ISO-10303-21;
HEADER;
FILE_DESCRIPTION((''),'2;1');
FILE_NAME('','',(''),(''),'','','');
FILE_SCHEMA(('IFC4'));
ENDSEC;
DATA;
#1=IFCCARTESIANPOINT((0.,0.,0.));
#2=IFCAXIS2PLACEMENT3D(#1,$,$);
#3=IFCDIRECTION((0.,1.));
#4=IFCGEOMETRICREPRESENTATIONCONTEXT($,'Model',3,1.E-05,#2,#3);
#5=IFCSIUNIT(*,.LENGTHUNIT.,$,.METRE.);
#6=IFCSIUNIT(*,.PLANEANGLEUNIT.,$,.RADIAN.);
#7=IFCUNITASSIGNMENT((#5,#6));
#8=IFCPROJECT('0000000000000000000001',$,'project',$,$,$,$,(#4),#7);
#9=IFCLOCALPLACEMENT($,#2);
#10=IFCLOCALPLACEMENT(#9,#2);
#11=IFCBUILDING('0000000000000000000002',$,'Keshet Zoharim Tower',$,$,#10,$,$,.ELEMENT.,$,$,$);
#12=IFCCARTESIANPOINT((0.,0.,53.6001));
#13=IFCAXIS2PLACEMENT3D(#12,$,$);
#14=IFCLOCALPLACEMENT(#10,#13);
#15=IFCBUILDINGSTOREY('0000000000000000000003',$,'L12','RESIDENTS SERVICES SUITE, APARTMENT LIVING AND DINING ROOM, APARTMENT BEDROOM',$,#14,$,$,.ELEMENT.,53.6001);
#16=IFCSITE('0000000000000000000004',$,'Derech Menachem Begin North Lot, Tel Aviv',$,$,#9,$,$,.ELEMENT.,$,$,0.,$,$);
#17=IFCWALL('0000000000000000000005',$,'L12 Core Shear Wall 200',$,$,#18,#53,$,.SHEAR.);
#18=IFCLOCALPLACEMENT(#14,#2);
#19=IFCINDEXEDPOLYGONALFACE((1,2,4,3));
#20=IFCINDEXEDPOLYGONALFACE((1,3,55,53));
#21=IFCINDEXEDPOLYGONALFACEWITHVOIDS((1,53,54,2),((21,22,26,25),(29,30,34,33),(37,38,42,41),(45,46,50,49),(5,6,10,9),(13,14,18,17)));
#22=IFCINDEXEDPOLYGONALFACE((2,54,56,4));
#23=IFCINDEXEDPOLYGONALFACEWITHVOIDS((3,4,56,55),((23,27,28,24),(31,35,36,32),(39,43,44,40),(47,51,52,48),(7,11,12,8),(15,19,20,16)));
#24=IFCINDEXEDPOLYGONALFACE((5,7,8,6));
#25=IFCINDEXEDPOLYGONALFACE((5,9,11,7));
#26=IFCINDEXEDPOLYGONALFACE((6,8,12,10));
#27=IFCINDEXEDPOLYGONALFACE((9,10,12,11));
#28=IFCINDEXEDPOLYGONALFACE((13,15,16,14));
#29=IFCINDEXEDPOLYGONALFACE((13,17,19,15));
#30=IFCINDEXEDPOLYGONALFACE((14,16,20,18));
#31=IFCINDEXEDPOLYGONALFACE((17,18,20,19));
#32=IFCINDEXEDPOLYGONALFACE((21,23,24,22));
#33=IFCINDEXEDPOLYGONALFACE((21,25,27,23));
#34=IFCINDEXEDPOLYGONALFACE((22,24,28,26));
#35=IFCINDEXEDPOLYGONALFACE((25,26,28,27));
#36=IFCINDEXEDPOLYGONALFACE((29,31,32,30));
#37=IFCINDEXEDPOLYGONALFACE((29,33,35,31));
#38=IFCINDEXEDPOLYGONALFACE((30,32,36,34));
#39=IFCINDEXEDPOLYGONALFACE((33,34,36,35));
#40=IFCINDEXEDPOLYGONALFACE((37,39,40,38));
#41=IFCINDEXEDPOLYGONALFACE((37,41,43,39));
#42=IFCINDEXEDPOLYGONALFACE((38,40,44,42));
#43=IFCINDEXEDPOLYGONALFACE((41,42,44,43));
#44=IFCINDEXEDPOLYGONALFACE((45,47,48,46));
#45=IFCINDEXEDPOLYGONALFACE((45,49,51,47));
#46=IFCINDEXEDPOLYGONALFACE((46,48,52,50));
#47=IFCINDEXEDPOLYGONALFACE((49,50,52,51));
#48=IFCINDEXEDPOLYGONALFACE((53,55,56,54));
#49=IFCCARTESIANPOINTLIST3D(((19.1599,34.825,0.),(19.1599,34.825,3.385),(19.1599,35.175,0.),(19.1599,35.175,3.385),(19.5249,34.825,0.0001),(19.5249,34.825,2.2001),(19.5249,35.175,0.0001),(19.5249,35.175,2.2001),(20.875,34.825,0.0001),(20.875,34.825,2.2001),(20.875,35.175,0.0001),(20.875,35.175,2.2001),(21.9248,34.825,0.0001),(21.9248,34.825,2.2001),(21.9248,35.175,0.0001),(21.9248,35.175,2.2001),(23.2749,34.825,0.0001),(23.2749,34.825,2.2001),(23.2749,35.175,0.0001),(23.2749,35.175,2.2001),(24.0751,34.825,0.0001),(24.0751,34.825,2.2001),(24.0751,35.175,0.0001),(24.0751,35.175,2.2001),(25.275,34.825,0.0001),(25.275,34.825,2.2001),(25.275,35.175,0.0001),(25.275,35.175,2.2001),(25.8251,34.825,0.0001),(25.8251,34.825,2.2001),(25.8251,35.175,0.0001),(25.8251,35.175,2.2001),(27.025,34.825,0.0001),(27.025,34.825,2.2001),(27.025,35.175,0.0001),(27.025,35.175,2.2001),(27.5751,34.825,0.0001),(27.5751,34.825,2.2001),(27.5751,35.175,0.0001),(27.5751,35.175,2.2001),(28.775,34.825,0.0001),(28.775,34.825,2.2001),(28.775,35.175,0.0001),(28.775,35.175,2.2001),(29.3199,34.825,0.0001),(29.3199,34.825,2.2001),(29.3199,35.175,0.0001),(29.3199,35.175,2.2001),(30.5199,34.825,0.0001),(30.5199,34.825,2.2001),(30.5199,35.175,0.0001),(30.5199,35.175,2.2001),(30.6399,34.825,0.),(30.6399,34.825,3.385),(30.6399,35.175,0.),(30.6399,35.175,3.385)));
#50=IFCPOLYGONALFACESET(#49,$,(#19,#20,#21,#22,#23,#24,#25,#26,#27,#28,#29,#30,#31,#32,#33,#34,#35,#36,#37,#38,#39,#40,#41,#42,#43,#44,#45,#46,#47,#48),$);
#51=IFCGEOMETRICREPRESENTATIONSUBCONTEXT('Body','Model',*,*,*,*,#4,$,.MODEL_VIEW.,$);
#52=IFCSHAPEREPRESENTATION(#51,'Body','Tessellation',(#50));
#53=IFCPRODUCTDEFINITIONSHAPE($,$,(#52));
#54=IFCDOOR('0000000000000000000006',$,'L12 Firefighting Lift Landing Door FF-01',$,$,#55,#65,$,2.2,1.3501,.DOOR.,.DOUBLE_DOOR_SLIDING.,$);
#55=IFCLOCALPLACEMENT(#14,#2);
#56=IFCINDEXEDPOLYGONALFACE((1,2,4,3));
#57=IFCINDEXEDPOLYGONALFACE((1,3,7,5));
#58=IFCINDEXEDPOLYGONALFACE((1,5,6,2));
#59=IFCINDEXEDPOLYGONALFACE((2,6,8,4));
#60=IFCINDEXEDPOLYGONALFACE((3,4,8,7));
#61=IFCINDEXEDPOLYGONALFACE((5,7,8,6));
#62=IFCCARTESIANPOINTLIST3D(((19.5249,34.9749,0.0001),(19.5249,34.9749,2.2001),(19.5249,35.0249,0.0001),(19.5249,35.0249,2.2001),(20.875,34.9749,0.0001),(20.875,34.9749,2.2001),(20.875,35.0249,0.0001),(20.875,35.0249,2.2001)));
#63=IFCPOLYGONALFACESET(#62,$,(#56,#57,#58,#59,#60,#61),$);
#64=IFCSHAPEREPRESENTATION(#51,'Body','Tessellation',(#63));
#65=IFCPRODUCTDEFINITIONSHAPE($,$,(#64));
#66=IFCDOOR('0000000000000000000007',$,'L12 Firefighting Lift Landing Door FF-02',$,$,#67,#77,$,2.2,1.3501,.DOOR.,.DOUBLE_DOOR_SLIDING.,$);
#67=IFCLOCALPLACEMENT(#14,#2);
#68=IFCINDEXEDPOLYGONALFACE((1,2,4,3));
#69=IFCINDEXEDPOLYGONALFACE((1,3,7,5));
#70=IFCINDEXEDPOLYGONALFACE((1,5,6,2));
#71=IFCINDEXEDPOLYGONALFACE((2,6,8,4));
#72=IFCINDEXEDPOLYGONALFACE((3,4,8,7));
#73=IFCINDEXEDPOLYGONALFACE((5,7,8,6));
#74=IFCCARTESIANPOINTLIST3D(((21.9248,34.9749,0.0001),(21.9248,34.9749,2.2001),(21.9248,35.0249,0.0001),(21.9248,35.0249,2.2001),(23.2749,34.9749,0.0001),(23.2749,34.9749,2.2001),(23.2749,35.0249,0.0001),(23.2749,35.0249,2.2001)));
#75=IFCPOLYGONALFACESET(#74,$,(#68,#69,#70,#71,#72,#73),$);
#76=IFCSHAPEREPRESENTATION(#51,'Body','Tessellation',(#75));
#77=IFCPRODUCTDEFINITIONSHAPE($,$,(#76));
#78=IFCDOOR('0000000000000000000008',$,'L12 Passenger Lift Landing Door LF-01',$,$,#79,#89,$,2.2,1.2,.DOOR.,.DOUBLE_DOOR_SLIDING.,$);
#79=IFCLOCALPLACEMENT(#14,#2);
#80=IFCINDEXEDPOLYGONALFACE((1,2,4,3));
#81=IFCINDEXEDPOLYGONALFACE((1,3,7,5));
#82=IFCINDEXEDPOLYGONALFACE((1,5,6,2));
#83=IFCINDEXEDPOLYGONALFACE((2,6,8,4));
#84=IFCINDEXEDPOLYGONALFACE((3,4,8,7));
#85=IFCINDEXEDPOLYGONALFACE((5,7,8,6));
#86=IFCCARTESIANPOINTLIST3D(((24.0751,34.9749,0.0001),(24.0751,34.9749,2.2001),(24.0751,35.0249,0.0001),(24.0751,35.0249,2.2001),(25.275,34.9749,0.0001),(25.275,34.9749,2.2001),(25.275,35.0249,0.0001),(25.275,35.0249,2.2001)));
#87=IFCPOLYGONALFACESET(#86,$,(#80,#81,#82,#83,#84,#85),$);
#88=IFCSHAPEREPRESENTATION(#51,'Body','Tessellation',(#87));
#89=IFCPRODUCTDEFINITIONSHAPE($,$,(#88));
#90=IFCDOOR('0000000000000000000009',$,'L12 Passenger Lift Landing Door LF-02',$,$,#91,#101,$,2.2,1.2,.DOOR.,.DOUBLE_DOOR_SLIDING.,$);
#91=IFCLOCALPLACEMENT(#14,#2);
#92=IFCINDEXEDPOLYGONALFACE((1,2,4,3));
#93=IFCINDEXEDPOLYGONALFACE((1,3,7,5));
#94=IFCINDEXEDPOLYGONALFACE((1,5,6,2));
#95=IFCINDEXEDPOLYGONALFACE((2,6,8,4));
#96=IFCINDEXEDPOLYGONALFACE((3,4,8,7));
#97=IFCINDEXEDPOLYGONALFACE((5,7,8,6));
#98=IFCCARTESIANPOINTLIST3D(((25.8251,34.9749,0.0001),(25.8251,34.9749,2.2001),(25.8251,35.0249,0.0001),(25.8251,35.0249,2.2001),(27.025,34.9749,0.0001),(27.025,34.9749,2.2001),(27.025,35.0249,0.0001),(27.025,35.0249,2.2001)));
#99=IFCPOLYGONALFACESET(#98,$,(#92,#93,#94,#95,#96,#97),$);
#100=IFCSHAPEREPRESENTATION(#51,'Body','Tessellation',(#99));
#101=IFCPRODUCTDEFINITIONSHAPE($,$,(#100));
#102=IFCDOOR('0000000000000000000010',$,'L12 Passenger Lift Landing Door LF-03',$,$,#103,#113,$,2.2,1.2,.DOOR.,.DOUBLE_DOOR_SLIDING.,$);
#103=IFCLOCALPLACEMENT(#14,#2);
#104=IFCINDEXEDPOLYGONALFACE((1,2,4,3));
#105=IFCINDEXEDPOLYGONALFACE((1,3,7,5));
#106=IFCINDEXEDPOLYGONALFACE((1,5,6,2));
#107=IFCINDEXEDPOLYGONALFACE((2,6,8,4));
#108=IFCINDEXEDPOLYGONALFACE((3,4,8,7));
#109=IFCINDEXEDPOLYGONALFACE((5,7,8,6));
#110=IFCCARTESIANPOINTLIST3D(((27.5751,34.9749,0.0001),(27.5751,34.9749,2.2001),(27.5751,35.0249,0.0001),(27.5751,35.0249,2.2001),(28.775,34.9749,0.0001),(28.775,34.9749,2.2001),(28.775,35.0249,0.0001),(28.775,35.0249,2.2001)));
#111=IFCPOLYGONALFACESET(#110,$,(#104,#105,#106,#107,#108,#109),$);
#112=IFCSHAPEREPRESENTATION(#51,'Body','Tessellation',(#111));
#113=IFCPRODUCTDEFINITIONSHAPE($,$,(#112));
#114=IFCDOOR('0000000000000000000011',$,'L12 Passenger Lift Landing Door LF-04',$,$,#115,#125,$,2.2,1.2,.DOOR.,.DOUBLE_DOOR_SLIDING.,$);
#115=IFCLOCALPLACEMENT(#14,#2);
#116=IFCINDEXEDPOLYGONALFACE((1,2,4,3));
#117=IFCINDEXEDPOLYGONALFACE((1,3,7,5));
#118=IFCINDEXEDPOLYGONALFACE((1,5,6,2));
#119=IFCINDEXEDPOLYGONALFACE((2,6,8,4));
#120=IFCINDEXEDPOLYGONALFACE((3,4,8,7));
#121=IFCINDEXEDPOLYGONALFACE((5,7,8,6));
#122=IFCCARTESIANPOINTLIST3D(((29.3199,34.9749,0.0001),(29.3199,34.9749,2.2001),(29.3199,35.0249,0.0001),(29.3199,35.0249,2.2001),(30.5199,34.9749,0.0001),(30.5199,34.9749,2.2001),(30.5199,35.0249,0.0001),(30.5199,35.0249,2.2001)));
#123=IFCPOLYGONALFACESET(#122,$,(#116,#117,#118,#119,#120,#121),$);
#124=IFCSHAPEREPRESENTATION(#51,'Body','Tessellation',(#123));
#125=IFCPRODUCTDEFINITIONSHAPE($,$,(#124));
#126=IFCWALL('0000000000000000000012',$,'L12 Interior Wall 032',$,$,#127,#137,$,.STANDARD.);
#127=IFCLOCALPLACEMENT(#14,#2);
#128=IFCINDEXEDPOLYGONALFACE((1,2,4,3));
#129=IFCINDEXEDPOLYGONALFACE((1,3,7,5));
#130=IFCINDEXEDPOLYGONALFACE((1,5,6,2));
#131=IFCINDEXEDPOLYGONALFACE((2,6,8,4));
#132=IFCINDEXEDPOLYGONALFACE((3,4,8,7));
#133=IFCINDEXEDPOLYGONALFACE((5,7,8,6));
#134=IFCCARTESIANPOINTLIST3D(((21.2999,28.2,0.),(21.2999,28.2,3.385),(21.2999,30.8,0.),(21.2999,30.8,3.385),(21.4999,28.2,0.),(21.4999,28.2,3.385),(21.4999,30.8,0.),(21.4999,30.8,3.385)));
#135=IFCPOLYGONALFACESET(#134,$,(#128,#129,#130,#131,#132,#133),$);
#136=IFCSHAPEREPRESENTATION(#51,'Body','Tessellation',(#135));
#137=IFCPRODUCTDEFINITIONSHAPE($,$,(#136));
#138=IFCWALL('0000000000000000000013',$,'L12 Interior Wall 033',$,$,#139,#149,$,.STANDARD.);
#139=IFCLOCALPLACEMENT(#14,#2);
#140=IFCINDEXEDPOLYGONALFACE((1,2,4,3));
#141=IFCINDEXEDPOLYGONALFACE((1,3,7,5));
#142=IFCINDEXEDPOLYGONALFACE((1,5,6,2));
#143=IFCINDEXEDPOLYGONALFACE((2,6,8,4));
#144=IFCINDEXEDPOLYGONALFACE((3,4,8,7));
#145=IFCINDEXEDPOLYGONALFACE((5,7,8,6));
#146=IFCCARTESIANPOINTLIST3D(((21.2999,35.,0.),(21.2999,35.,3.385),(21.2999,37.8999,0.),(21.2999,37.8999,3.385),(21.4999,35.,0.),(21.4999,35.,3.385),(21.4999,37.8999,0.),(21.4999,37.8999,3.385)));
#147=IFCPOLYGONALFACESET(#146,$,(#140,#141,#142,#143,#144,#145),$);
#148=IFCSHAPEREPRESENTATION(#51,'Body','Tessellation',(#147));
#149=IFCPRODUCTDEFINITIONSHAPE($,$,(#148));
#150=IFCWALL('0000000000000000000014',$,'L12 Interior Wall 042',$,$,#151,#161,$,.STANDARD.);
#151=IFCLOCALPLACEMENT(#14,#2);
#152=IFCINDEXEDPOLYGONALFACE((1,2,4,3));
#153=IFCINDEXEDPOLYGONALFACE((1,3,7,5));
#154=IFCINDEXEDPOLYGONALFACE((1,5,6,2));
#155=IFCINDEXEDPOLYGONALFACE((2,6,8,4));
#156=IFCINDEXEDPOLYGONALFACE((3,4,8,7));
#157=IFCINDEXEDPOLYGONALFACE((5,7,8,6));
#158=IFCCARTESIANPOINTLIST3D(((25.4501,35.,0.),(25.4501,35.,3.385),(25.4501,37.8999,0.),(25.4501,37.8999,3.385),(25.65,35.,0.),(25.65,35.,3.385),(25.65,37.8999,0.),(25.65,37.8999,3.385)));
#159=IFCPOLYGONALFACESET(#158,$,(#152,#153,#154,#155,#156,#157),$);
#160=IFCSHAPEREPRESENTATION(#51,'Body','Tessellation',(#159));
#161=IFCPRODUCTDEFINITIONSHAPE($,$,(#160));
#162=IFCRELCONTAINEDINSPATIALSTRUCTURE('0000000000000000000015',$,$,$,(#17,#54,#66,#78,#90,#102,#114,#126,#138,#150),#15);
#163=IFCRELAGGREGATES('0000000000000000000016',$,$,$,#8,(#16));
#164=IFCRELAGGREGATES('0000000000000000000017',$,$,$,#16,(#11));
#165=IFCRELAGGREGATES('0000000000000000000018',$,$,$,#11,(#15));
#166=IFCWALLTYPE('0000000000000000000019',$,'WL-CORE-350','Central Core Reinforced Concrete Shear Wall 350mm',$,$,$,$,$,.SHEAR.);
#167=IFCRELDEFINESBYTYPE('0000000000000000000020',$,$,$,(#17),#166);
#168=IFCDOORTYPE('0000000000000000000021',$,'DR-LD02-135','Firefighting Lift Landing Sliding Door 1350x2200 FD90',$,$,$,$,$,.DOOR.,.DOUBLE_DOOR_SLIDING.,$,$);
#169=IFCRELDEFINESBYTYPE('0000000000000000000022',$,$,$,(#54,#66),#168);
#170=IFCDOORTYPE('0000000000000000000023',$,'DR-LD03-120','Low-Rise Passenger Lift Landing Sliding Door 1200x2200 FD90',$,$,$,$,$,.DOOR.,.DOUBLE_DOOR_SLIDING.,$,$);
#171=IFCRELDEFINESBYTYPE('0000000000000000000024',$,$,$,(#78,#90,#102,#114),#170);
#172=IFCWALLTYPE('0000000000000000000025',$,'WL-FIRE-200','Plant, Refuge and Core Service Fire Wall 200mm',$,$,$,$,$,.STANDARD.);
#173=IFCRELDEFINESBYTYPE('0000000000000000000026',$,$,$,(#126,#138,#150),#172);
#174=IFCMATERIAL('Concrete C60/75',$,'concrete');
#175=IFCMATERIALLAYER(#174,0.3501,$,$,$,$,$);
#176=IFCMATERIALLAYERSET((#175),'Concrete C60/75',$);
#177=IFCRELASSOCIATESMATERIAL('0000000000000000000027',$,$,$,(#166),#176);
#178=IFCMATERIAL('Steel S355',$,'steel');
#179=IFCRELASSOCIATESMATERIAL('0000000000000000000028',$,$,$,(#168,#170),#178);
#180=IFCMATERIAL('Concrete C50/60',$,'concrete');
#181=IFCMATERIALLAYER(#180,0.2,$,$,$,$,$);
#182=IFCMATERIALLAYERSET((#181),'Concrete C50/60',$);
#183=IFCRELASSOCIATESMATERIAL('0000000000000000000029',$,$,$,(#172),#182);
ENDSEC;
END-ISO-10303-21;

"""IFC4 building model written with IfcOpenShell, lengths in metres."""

from ifc_helpers import new_model, si_unit, direction, frame, frame_2d, origin, place, context, subcontext, project, spatial, rectangle, extrude, material, layer, layer_set, type_object, element, fill, save


model = new_model("IFC4")

# Units and contexts
model_context = context("Model", 3, precision=1e-05, world=origin(), true_north=direction((0.0, 1.0)))
body_context = subcontext(model_context, "Body", "Model", "MODEL_VIEW")
ifc_project = project(units=[si_unit("LENGTHUNIT", "METRE"), si_unit("PLANEANGLEUNIT", "RADIAN")], contexts=[model_context])

# Site, building, storey
site_placement = place(None, origin())
site = spatial("IfcSite", under=ifc_project, at=site_placement, Name="Derech Menachem Begin North Lot, Tel Aviv", CompositionType="ELEMENT", RefElevation=0.0)
building_placement = place(site_placement, origin())
building = spatial("IfcBuilding", under=site, at=building_placement, Name="Keshet Zoharim Tower", CompositionType="ELEMENT")
storey_placement = place(building_placement, frame((0.0, 0.0, 53.6001)))
storey = spatial("IfcBuildingStorey", under=building, at=storey_placement, Name="L12", Description="RESIDENTS SERVICES SUITE, APARTMENT LIVING AND DINING ROOM, APARTMENT BEDROOM", CompositionType="ELEMENT", Elevation=53.6001)

# Shared definitions
ifc_material_1 = material(Name="Concrete C60/75", Category="concrete")
ifc_layer_1 = layer(ifc_material_1, 0.3501)
ifc_layer_set_1 = layer_set([ifc_layer_1], Name="Concrete C60/75")
wall_type_1 = type_object("IfcWallType", Name="WL-CORE-350", Description="Central Core Reinforced Concrete Shear Wall 350mm", PredefinedType="SHEAR", material=ifc_layer_set_1)

# Shared definitions
ifc_material_2 = material(Name="Steel S355", Category="steel")

# Wall, openings, doors
wall_1_placement = place(storey_placement, frame((19.1599, 35.0, 0.0), z_axis=(0.0, 0.0, 1.0), x_axis=(1.0, 0.0, 0.0)))
wall_1 = element("IfcWall", 1, at=wall_1_placement, inside=storey, type_object=wall_type_1, Name="L12 Core Shear Wall 200", PredefinedType="SHEAR", context=body_context, shape_type="SweptSolid", body=[
    extrude(rectangle(XDim=11.48, YDim=0.3501, at=frame_2d((5.74, 0.0))), origin(), (0.0, 0.0, 1.0), 3.385),
])
opening_1_placement = place(wall_1_placement, frame((0.365, 0.0, 0.0)))
opening_1 = element("IfcOpeningElement", 2, at=opening_1_placement, cuts=wall_1, PredefinedType="OPENING", context=body_context, shape_type="SweptSolid", body=[
    extrude(rectangle(XDim=1.3501, YDim=2.2, at=frame_2d((0.675, 1.1001))), frame((0.0, 0.1851, 0.0), z_axis=(0.0, -1.0, 0.0), x_axis=(1.0, 0.0, 0.0)), (0.0, 0.0, 1.0), 0.3701),
])
opening_2_placement = place(wall_1_placement, frame((2.7649, 0.0, 0.0)))
opening_2 = element("IfcOpeningElement", 3, at=opening_2_placement, cuts=wall_1, PredefinedType="OPENING", context=body_context, shape_type="SweptSolid", body=[
    extrude(rectangle(XDim=1.3501, YDim=2.2, at=frame_2d((0.675, 1.1001))), frame((0.0, 0.1851, 0.0), z_axis=(0.0, -1.0, 0.0), x_axis=(1.0, 0.0, 0.0)), (0.0, 0.0, 1.0), 0.3701),
])
opening_3_placement = place(wall_1_placement, frame((4.915, 0.0, 0.0)))
opening_3 = element("IfcOpeningElement", 4, at=opening_3_placement, cuts=wall_1, PredefinedType="OPENING", context=body_context, shape_type="SweptSolid", body=[
    extrude(rectangle(XDim=1.2, YDim=2.2, at=frame_2d((0.6001, 1.1001))), frame((0.0, 0.1851, 0.0), z_axis=(0.0, -1.0, 0.0), x_axis=(1.0, 0.0, 0.0)), (0.0, 0.0, 1.0), 0.3701),
])
opening_4_placement = place(wall_1_placement, frame((6.665, 0.0, 0.0)))
opening_4 = element("IfcOpeningElement", 5, at=opening_4_placement, cuts=wall_1, PredefinedType="OPENING", context=body_context, shape_type="SweptSolid", body=[
    extrude(rectangle(XDim=1.2, YDim=2.2, at=frame_2d((0.6001, 1.1001))), frame((0.0, 0.1851, 0.0), z_axis=(0.0, -1.0, 0.0), x_axis=(1.0, 0.0, 0.0)), (0.0, 0.0, 1.0), 0.3701),
])
opening_5_placement = place(wall_1_placement, frame((8.415, 0.0, 0.0)))
opening_5 = element("IfcOpeningElement", 6, at=opening_5_placement, cuts=wall_1, PredefinedType="OPENING", context=body_context, shape_type="SweptSolid", body=[
    extrude(rectangle(XDim=1.2, YDim=2.2, at=frame_2d((0.6001, 1.1001))), frame((0.0, 0.1851, 0.0), z_axis=(0.0, -1.0, 0.0), x_axis=(1.0, 0.0, 0.0)), (0.0, 0.0, 1.0), 0.3701),
])
opening_6_placement = place(wall_1_placement, frame((10.1599, 0.0, 0.0)))
opening_6 = element("IfcOpeningElement", 7, at=opening_6_placement, cuts=wall_1, PredefinedType="OPENING", context=body_context, shape_type="SweptSolid", body=[
    extrude(rectangle(XDim=1.2, YDim=2.2, at=frame_2d((0.6001, 1.1001))), frame((0.0, 0.1851, 0.0), z_axis=(0.0, -1.0, 0.0), x_axis=(1.0, 0.0, 0.0)), (0.0, 0.0, 1.0), 0.3701),
])
door_type_1 = type_object("IfcDoorType", Name="DR-LD02-135", Description="Firefighting Lift Landing Sliding Door 1350x2200 FD90", OperationType="DOUBLE_DOOR_SLIDING", PredefinedType="DOOR", material=ifc_material_2)
door_1_placement = place(opening_1_placement, origin())
door_1 = element("IfcDoor", 8, at=door_1_placement, inside=storey, type_object=door_type_1, Name="L12 Firefighting Lift Landing Door FF-01", OperationType="DOUBLE_DOOR_SLIDING", OverallHeight=2.2, OverallWidth=1.3501, PredefinedType="DOOR", context=body_context, shape_type="SweptSolid", body=[
    extrude(rectangle(XDim=1.3501, YDim=2.2, at=frame_2d((0.675, 1.1001))), frame((0.0, 0.0249, 0.0), z_axis=(0.0, -1.0, 0.0), x_axis=(1.0, 0.0, 0.0)), (0.0, 0.0, 1.0), 0.05),
])
fill(opening_1, door_1)
door_2_placement = place(opening_2_placement, origin())
door_2 = element("IfcDoor", 9, at=door_2_placement, inside=storey, type_object=door_type_1, Name="L12 Firefighting Lift Landing Door FF-02", OperationType="DOUBLE_DOOR_SLIDING", OverallHeight=2.2, OverallWidth=1.3501, PredefinedType="DOOR", context=body_context, shape_type="SweptSolid", body=[
    extrude(rectangle(XDim=1.3501, YDim=2.2, at=frame_2d((0.675, 1.1001))), frame((0.0, 0.0249, 0.0), z_axis=(0.0, -1.0, 0.0), x_axis=(1.0, 0.0, 0.0)), (0.0, 0.0, 1.0), 0.05),
])
fill(opening_2, door_2)
door_type_2 = type_object("IfcDoorType", Name="DR-LD03-120", Description="Low-Rise Passenger Lift Landing Sliding Door 1200x2200 FD90", OperationType="DOUBLE_DOOR_SLIDING", PredefinedType="DOOR", material=ifc_material_2)
door_3_placement = place(opening_3_placement, origin())
door_3 = element("IfcDoor", 10, at=door_3_placement, inside=storey, type_object=door_type_2, Name="L12 Passenger Lift Landing Door LF-01", OperationType="DOUBLE_DOOR_SLIDING", OverallHeight=2.2, OverallWidth=1.2, PredefinedType="DOOR", context=body_context, shape_type="SweptSolid", body=[
    extrude(rectangle(XDim=1.2, YDim=2.2, at=frame_2d((0.6001, 1.1001))), frame((0.0, 0.0249, 0.0), z_axis=(0.0, -1.0, 0.0), x_axis=(1.0, 0.0, 0.0)), (0.0, 0.0, 1.0), 0.05),
])
fill(opening_3, door_3)
door_4_placement = place(opening_4_placement, origin())
door_4 = element("IfcDoor", 11, at=door_4_placement, inside=storey, type_object=door_type_2, Name="L12 Passenger Lift Landing Door LF-02", OperationType="DOUBLE_DOOR_SLIDING", OverallHeight=2.2, OverallWidth=1.2, PredefinedType="DOOR", context=body_context, shape_type="SweptSolid", body=[
    extrude(rectangle(XDim=1.2, YDim=2.2, at=frame_2d((0.6001, 1.1001))), frame((0.0, 0.0249, 0.0), z_axis=(0.0, -1.0, 0.0), x_axis=(1.0, 0.0, 0.0)), (0.0, 0.0, 1.0), 0.05),
])
fill(opening_4, door_4)
door_5_placement = place(opening_5_placement, origin())
door_5 = element("IfcDoor", 12, at=door_5_placement, inside=storey, type_object=door_type_2, Name="L12 Passenger Lift Landing Door LF-03", OperationType="DOUBLE_DOOR_SLIDING", OverallHeight=2.2, OverallWidth=1.2, PredefinedType="DOOR", context=body_context, shape_type="SweptSolid", body=[
    extrude(rectangle(XDim=1.2, YDim=2.2, at=frame_2d((0.6001, 1.1001))), frame((0.0, 0.0249, 0.0), z_axis=(0.0, -1.0, 0.0), x_axis=(1.0, 0.0, 0.0)), (0.0, 0.0, 1.0), 0.05),
])
fill(opening_5, door_5)
door_6_placement = place(opening_6_placement, origin())
door_6 = element("IfcDoor", 13, at=door_6_placement, inside=storey, type_object=door_type_2, Name="L12 Passenger Lift Landing Door LF-04", OperationType="DOUBLE_DOOR_SLIDING", OverallHeight=2.2, OverallWidth=1.2, PredefinedType="DOOR", context=body_context, shape_type="SweptSolid", body=[
    extrude(rectangle(XDim=1.2, YDim=2.2, at=frame_2d((0.6001, 1.1001))), frame((0.0, 0.0249, 0.0), z_axis=(0.0, -1.0, 0.0), x_axis=(1.0, 0.0, 0.0)), (0.0, 0.0, 1.0), 0.05),
])
fill(opening_6, door_6)

# Walls
ifc_material_3 = material(Name="Concrete C50/60", Category="concrete")
ifc_layer_2 = layer(ifc_material_3, 0.2)
ifc_layer_set_2 = layer_set([ifc_layer_2], Name="Concrete C50/60")
wall_type_2 = type_object("IfcWallType", Name="WL-FIRE-200", Description="Plant, Refuge and Core Service Fire Wall 200mm", PredefinedType="STANDARD", material=ifc_layer_set_2)
wall_2_placement = place(storey_placement, frame((21.3999, 28.2, 0.0), z_axis=(0.0, 0.0, 1.0), x_axis=(0.0, 1.0, 0.0)))
element("IfcWall", 14, at=wall_2_placement, inside=storey, type_object=wall_type_2, Name="L12 Interior Wall 032", PredefinedType="STANDARD", context=body_context, shape_type="SweptSolid", body=[
    extrude(rectangle(XDim=2.6001, YDim=0.2, at=frame_2d((1.3, 0.0))), origin(), (0.0, 0.0, 1.0), 3.385),
])
for number, where, z_axis, x_axis, name in (
    (15, (21.3999, 35.0, 0.0), (0.0, 0.0, 1.0), (0.0, 1.0, 0.0), "L12 Interior Wall 033"),
    (16, (25.55, 35.0, 0.0), (0.0, 0.0, 1.0), (0.0, 1.0, 0.0), "L12 Interior Wall 042"),
):
    element("IfcWall", number, at=place(storey_placement, frame(where, z_axis=z_axis, x_axis=x_axis)), inside=storey, type_object=wall_type_2, Name=name, PredefinedType="STANDARD", context=body_context, shape_type="SweptSolid", body=[
        extrude(rectangle(XDim=2.8999, YDim=0.2, at=frame_2d((1.45, 0.0))), origin(), (0.0, 0.0, 1.0), 3.385),
    ])

save(model, "model.ifc")
